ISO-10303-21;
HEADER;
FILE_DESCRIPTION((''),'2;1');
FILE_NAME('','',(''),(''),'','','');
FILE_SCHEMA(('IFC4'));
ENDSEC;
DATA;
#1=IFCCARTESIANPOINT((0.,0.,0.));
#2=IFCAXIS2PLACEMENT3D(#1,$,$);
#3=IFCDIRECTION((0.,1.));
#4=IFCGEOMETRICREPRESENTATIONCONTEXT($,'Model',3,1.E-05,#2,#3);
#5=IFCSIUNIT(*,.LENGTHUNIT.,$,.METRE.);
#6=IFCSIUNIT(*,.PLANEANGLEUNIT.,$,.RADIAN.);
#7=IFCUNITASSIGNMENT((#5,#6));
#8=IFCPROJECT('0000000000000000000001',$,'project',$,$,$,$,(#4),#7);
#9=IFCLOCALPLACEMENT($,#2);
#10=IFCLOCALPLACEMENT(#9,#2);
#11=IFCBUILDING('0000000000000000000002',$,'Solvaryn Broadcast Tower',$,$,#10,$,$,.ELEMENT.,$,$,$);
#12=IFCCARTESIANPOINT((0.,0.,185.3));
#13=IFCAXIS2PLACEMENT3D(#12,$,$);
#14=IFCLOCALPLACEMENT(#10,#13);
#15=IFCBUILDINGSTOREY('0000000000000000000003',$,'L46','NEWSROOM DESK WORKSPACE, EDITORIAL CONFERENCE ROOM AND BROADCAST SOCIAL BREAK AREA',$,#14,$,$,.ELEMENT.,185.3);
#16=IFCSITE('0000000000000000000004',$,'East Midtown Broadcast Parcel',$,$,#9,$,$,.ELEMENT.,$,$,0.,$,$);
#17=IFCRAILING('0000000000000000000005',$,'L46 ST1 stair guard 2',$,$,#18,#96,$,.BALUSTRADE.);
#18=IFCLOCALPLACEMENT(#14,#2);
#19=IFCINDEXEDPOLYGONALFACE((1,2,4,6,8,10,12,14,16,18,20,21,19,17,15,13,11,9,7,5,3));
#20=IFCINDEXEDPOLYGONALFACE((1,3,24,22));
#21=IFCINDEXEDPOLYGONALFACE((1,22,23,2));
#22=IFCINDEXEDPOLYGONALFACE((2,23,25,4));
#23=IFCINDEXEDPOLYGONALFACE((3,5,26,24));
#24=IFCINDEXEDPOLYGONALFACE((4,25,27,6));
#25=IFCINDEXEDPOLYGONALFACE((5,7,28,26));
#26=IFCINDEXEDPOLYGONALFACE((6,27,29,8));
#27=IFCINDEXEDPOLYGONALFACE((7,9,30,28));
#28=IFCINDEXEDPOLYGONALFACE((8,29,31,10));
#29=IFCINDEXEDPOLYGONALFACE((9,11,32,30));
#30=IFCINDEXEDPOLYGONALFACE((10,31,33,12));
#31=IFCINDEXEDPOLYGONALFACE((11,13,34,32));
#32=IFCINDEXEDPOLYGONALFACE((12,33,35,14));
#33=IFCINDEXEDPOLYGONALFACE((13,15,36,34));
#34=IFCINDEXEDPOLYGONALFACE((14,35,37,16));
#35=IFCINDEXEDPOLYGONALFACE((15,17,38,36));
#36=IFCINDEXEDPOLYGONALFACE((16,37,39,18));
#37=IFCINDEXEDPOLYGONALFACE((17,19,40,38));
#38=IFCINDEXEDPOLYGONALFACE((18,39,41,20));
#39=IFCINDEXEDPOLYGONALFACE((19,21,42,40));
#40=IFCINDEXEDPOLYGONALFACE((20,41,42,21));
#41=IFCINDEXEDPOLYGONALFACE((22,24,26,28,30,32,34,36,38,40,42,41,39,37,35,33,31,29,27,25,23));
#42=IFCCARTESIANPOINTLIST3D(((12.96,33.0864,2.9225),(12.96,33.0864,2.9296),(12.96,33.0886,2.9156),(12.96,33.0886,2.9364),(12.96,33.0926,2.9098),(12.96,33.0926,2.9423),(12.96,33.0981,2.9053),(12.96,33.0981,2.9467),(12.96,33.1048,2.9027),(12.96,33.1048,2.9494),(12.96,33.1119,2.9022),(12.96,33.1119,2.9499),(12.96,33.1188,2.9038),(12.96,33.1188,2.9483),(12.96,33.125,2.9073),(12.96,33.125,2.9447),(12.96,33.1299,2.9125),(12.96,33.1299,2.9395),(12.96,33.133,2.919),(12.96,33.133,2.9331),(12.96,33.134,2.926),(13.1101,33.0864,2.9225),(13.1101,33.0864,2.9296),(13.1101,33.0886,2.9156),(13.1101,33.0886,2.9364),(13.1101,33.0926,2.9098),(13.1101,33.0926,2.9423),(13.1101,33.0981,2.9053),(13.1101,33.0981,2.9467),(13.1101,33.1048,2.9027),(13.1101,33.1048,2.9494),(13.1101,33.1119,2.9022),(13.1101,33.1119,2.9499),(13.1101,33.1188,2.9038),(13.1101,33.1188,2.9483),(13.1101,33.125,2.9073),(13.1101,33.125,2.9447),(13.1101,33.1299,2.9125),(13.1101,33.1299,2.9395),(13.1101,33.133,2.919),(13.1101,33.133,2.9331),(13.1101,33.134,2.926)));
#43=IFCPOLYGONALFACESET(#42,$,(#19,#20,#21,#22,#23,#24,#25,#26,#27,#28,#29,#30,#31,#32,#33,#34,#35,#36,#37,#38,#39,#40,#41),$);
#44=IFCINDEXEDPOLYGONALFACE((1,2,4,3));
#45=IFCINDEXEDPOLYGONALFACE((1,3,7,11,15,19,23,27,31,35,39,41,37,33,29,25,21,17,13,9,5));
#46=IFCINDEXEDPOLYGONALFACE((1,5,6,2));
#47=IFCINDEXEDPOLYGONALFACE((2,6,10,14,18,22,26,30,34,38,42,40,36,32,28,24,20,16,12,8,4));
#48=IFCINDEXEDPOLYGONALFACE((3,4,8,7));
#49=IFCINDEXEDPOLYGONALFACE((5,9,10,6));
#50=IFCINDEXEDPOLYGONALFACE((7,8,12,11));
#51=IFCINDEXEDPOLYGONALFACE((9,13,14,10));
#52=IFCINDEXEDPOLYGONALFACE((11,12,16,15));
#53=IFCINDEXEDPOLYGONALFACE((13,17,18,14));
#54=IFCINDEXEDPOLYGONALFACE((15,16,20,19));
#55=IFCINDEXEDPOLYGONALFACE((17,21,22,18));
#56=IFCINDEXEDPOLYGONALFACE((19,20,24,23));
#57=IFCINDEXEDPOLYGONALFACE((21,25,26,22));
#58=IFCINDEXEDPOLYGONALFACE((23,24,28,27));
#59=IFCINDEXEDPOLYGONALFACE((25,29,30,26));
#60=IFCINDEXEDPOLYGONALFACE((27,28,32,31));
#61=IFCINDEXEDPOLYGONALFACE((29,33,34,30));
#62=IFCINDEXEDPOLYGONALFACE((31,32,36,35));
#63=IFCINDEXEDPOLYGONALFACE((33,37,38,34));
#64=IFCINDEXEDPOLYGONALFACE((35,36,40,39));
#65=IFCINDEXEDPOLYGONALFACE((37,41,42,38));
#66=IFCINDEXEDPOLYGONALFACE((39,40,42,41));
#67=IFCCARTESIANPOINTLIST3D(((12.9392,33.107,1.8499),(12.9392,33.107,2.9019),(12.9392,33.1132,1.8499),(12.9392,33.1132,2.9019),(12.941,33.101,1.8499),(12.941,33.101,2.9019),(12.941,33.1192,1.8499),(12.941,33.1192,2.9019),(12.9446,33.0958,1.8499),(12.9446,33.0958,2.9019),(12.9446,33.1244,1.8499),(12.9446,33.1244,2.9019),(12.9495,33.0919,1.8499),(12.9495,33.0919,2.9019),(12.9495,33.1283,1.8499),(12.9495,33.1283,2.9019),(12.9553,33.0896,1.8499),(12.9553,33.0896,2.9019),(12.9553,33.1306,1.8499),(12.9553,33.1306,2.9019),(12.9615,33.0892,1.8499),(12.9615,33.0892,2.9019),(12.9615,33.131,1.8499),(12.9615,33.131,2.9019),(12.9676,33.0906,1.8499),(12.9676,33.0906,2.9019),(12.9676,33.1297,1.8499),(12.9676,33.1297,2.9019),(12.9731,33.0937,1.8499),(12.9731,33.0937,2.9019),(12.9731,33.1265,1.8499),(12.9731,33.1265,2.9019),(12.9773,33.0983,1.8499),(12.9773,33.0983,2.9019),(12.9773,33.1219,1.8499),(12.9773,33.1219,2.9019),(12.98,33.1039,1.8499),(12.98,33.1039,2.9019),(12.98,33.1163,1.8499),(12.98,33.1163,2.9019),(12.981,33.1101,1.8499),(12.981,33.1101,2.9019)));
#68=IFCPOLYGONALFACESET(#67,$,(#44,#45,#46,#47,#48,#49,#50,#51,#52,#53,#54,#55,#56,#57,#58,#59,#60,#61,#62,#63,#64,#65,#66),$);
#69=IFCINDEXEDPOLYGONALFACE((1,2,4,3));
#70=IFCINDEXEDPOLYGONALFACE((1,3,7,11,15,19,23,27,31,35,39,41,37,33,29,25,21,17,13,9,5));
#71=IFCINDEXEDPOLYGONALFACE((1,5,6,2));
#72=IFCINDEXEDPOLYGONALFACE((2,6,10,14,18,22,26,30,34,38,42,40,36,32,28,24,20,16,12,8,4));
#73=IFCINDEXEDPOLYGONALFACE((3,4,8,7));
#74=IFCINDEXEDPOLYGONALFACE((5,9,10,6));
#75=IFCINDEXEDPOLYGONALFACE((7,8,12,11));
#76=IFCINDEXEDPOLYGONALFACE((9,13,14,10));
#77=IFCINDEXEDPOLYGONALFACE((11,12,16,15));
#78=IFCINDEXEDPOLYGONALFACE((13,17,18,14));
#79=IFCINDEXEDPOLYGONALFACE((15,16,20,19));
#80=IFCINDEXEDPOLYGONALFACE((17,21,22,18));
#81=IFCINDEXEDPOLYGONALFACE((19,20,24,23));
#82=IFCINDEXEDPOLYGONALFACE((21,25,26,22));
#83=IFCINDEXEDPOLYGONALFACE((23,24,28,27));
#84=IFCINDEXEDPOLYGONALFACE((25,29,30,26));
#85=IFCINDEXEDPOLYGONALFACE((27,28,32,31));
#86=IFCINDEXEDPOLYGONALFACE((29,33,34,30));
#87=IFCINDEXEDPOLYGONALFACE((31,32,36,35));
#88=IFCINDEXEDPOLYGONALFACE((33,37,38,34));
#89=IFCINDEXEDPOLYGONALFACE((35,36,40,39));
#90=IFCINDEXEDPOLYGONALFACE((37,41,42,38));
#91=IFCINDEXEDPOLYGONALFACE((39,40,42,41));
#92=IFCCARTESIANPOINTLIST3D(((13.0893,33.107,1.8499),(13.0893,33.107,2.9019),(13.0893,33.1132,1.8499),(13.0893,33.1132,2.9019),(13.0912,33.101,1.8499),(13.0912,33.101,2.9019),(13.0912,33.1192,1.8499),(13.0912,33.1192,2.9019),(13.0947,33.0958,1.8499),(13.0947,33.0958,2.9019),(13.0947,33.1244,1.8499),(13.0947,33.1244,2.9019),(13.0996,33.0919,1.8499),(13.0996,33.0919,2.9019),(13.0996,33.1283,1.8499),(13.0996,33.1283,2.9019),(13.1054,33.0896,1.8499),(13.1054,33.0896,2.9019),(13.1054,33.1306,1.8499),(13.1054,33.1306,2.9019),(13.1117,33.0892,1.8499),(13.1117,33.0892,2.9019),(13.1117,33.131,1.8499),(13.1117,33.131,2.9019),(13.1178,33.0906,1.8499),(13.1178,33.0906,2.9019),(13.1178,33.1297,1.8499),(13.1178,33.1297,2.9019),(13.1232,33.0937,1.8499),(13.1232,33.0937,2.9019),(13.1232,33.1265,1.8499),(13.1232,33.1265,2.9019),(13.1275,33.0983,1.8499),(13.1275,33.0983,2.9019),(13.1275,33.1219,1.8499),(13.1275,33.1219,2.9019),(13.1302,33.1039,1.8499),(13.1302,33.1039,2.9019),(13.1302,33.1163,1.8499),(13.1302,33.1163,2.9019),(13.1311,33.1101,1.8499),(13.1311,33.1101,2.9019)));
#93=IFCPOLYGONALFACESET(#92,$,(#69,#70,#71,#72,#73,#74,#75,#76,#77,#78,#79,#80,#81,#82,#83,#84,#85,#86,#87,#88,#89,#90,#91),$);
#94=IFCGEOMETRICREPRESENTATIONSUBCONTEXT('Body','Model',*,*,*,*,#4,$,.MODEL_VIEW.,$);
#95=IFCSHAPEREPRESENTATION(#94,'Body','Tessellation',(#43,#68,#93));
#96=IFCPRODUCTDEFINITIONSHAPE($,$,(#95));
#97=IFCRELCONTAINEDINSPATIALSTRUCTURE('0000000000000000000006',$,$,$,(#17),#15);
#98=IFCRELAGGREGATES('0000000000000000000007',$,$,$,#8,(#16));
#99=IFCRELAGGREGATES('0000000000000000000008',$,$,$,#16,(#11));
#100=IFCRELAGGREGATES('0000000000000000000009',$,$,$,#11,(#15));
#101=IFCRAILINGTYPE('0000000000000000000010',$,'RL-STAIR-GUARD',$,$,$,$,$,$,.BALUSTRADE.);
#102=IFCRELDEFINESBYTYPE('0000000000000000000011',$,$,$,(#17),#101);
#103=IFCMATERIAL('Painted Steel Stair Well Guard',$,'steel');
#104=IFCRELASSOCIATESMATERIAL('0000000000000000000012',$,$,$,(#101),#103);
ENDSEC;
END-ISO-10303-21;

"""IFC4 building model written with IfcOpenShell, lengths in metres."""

from ifc_helpers import new_model, si_unit, direction, frame, origin, origin_2d, place, context, subcontext, project, spatial, circle, extrude, material, type_object, element, save


model = new_model("IFC4")

# Units and contexts
model_context = context("Model", 3, precision=1e-05, world=origin(), true_north=direction((0.0, 1.0)))
body_context = subcontext(model_context, "Body", "Model", "MODEL_VIEW")
ifc_project = project(units=[si_unit("LENGTHUNIT", "METRE"), si_unit("PLANEANGLEUNIT", "RADIAN")], contexts=[model_context])

# Site, building, storey
site_placement = place(None, origin())
site = spatial("IfcSite", under=ifc_project, at=site_placement, Name="East Midtown Broadcast Parcel", CompositionType="ELEMENT", RefElevation=0.0)
building_placement = place(site_placement, origin())
building = spatial("IfcBuilding", under=site, at=building_placement, Name="Solvaryn Broadcast Tower", CompositionType="ELEMENT")
storey_placement = place(building_placement, frame((0.0, 0.0, 185.3)))
storey = spatial("IfcBuildingStorey", under=building, at=storey_placement, Name="L46", Description="NEWSROOM DESK WORKSPACE, EDITORIAL CONFERENCE ROOM AND BROADCAST SOCIAL BREAK AREA", CompositionType="ELEMENT", Elevation=185.3)

# Railing
ifc_material_1 = material(Name="Painted Steel Stair Well Guard", Category="steel")
railing_type_1 = type_object("IfcRailingType", Name="RL-STAIR-GUARD", PredefinedType="BALUSTRADE", material=ifc_material_1)
railing_1_placement = place(storey_placement, frame((12.96, 33.1101, 1.8499)))
element("IfcRailing", 1, at=railing_1_placement, inside=storey, type_object=railing_type_1, Name="L46 ST1 stair guard 2", PredefinedType="BALUSTRADE", context=body_context, shape_type="SweptSolid", body=[
    extrude(circle(Radius=0.0239, at=origin_2d()), frame((0.0, 0.0, 1.0762), z_axis=(1.0, 0.0, 0.0), x_axis=(0.0, 1.0, 0.0)), (0.0, 0.0, 1.0), 0.1501),
    extrude(circle(Radius=0.021, at=origin_2d()), origin(), (0.0, 0.0, 1.0), 1.052),
    extrude(circle(Radius=0.021, at=origin_2d()), frame((0.1501, 0.0, 0.0)), (0.0, 0.0, 1.0), 1.052),
])

save(model, "model.ifc")
